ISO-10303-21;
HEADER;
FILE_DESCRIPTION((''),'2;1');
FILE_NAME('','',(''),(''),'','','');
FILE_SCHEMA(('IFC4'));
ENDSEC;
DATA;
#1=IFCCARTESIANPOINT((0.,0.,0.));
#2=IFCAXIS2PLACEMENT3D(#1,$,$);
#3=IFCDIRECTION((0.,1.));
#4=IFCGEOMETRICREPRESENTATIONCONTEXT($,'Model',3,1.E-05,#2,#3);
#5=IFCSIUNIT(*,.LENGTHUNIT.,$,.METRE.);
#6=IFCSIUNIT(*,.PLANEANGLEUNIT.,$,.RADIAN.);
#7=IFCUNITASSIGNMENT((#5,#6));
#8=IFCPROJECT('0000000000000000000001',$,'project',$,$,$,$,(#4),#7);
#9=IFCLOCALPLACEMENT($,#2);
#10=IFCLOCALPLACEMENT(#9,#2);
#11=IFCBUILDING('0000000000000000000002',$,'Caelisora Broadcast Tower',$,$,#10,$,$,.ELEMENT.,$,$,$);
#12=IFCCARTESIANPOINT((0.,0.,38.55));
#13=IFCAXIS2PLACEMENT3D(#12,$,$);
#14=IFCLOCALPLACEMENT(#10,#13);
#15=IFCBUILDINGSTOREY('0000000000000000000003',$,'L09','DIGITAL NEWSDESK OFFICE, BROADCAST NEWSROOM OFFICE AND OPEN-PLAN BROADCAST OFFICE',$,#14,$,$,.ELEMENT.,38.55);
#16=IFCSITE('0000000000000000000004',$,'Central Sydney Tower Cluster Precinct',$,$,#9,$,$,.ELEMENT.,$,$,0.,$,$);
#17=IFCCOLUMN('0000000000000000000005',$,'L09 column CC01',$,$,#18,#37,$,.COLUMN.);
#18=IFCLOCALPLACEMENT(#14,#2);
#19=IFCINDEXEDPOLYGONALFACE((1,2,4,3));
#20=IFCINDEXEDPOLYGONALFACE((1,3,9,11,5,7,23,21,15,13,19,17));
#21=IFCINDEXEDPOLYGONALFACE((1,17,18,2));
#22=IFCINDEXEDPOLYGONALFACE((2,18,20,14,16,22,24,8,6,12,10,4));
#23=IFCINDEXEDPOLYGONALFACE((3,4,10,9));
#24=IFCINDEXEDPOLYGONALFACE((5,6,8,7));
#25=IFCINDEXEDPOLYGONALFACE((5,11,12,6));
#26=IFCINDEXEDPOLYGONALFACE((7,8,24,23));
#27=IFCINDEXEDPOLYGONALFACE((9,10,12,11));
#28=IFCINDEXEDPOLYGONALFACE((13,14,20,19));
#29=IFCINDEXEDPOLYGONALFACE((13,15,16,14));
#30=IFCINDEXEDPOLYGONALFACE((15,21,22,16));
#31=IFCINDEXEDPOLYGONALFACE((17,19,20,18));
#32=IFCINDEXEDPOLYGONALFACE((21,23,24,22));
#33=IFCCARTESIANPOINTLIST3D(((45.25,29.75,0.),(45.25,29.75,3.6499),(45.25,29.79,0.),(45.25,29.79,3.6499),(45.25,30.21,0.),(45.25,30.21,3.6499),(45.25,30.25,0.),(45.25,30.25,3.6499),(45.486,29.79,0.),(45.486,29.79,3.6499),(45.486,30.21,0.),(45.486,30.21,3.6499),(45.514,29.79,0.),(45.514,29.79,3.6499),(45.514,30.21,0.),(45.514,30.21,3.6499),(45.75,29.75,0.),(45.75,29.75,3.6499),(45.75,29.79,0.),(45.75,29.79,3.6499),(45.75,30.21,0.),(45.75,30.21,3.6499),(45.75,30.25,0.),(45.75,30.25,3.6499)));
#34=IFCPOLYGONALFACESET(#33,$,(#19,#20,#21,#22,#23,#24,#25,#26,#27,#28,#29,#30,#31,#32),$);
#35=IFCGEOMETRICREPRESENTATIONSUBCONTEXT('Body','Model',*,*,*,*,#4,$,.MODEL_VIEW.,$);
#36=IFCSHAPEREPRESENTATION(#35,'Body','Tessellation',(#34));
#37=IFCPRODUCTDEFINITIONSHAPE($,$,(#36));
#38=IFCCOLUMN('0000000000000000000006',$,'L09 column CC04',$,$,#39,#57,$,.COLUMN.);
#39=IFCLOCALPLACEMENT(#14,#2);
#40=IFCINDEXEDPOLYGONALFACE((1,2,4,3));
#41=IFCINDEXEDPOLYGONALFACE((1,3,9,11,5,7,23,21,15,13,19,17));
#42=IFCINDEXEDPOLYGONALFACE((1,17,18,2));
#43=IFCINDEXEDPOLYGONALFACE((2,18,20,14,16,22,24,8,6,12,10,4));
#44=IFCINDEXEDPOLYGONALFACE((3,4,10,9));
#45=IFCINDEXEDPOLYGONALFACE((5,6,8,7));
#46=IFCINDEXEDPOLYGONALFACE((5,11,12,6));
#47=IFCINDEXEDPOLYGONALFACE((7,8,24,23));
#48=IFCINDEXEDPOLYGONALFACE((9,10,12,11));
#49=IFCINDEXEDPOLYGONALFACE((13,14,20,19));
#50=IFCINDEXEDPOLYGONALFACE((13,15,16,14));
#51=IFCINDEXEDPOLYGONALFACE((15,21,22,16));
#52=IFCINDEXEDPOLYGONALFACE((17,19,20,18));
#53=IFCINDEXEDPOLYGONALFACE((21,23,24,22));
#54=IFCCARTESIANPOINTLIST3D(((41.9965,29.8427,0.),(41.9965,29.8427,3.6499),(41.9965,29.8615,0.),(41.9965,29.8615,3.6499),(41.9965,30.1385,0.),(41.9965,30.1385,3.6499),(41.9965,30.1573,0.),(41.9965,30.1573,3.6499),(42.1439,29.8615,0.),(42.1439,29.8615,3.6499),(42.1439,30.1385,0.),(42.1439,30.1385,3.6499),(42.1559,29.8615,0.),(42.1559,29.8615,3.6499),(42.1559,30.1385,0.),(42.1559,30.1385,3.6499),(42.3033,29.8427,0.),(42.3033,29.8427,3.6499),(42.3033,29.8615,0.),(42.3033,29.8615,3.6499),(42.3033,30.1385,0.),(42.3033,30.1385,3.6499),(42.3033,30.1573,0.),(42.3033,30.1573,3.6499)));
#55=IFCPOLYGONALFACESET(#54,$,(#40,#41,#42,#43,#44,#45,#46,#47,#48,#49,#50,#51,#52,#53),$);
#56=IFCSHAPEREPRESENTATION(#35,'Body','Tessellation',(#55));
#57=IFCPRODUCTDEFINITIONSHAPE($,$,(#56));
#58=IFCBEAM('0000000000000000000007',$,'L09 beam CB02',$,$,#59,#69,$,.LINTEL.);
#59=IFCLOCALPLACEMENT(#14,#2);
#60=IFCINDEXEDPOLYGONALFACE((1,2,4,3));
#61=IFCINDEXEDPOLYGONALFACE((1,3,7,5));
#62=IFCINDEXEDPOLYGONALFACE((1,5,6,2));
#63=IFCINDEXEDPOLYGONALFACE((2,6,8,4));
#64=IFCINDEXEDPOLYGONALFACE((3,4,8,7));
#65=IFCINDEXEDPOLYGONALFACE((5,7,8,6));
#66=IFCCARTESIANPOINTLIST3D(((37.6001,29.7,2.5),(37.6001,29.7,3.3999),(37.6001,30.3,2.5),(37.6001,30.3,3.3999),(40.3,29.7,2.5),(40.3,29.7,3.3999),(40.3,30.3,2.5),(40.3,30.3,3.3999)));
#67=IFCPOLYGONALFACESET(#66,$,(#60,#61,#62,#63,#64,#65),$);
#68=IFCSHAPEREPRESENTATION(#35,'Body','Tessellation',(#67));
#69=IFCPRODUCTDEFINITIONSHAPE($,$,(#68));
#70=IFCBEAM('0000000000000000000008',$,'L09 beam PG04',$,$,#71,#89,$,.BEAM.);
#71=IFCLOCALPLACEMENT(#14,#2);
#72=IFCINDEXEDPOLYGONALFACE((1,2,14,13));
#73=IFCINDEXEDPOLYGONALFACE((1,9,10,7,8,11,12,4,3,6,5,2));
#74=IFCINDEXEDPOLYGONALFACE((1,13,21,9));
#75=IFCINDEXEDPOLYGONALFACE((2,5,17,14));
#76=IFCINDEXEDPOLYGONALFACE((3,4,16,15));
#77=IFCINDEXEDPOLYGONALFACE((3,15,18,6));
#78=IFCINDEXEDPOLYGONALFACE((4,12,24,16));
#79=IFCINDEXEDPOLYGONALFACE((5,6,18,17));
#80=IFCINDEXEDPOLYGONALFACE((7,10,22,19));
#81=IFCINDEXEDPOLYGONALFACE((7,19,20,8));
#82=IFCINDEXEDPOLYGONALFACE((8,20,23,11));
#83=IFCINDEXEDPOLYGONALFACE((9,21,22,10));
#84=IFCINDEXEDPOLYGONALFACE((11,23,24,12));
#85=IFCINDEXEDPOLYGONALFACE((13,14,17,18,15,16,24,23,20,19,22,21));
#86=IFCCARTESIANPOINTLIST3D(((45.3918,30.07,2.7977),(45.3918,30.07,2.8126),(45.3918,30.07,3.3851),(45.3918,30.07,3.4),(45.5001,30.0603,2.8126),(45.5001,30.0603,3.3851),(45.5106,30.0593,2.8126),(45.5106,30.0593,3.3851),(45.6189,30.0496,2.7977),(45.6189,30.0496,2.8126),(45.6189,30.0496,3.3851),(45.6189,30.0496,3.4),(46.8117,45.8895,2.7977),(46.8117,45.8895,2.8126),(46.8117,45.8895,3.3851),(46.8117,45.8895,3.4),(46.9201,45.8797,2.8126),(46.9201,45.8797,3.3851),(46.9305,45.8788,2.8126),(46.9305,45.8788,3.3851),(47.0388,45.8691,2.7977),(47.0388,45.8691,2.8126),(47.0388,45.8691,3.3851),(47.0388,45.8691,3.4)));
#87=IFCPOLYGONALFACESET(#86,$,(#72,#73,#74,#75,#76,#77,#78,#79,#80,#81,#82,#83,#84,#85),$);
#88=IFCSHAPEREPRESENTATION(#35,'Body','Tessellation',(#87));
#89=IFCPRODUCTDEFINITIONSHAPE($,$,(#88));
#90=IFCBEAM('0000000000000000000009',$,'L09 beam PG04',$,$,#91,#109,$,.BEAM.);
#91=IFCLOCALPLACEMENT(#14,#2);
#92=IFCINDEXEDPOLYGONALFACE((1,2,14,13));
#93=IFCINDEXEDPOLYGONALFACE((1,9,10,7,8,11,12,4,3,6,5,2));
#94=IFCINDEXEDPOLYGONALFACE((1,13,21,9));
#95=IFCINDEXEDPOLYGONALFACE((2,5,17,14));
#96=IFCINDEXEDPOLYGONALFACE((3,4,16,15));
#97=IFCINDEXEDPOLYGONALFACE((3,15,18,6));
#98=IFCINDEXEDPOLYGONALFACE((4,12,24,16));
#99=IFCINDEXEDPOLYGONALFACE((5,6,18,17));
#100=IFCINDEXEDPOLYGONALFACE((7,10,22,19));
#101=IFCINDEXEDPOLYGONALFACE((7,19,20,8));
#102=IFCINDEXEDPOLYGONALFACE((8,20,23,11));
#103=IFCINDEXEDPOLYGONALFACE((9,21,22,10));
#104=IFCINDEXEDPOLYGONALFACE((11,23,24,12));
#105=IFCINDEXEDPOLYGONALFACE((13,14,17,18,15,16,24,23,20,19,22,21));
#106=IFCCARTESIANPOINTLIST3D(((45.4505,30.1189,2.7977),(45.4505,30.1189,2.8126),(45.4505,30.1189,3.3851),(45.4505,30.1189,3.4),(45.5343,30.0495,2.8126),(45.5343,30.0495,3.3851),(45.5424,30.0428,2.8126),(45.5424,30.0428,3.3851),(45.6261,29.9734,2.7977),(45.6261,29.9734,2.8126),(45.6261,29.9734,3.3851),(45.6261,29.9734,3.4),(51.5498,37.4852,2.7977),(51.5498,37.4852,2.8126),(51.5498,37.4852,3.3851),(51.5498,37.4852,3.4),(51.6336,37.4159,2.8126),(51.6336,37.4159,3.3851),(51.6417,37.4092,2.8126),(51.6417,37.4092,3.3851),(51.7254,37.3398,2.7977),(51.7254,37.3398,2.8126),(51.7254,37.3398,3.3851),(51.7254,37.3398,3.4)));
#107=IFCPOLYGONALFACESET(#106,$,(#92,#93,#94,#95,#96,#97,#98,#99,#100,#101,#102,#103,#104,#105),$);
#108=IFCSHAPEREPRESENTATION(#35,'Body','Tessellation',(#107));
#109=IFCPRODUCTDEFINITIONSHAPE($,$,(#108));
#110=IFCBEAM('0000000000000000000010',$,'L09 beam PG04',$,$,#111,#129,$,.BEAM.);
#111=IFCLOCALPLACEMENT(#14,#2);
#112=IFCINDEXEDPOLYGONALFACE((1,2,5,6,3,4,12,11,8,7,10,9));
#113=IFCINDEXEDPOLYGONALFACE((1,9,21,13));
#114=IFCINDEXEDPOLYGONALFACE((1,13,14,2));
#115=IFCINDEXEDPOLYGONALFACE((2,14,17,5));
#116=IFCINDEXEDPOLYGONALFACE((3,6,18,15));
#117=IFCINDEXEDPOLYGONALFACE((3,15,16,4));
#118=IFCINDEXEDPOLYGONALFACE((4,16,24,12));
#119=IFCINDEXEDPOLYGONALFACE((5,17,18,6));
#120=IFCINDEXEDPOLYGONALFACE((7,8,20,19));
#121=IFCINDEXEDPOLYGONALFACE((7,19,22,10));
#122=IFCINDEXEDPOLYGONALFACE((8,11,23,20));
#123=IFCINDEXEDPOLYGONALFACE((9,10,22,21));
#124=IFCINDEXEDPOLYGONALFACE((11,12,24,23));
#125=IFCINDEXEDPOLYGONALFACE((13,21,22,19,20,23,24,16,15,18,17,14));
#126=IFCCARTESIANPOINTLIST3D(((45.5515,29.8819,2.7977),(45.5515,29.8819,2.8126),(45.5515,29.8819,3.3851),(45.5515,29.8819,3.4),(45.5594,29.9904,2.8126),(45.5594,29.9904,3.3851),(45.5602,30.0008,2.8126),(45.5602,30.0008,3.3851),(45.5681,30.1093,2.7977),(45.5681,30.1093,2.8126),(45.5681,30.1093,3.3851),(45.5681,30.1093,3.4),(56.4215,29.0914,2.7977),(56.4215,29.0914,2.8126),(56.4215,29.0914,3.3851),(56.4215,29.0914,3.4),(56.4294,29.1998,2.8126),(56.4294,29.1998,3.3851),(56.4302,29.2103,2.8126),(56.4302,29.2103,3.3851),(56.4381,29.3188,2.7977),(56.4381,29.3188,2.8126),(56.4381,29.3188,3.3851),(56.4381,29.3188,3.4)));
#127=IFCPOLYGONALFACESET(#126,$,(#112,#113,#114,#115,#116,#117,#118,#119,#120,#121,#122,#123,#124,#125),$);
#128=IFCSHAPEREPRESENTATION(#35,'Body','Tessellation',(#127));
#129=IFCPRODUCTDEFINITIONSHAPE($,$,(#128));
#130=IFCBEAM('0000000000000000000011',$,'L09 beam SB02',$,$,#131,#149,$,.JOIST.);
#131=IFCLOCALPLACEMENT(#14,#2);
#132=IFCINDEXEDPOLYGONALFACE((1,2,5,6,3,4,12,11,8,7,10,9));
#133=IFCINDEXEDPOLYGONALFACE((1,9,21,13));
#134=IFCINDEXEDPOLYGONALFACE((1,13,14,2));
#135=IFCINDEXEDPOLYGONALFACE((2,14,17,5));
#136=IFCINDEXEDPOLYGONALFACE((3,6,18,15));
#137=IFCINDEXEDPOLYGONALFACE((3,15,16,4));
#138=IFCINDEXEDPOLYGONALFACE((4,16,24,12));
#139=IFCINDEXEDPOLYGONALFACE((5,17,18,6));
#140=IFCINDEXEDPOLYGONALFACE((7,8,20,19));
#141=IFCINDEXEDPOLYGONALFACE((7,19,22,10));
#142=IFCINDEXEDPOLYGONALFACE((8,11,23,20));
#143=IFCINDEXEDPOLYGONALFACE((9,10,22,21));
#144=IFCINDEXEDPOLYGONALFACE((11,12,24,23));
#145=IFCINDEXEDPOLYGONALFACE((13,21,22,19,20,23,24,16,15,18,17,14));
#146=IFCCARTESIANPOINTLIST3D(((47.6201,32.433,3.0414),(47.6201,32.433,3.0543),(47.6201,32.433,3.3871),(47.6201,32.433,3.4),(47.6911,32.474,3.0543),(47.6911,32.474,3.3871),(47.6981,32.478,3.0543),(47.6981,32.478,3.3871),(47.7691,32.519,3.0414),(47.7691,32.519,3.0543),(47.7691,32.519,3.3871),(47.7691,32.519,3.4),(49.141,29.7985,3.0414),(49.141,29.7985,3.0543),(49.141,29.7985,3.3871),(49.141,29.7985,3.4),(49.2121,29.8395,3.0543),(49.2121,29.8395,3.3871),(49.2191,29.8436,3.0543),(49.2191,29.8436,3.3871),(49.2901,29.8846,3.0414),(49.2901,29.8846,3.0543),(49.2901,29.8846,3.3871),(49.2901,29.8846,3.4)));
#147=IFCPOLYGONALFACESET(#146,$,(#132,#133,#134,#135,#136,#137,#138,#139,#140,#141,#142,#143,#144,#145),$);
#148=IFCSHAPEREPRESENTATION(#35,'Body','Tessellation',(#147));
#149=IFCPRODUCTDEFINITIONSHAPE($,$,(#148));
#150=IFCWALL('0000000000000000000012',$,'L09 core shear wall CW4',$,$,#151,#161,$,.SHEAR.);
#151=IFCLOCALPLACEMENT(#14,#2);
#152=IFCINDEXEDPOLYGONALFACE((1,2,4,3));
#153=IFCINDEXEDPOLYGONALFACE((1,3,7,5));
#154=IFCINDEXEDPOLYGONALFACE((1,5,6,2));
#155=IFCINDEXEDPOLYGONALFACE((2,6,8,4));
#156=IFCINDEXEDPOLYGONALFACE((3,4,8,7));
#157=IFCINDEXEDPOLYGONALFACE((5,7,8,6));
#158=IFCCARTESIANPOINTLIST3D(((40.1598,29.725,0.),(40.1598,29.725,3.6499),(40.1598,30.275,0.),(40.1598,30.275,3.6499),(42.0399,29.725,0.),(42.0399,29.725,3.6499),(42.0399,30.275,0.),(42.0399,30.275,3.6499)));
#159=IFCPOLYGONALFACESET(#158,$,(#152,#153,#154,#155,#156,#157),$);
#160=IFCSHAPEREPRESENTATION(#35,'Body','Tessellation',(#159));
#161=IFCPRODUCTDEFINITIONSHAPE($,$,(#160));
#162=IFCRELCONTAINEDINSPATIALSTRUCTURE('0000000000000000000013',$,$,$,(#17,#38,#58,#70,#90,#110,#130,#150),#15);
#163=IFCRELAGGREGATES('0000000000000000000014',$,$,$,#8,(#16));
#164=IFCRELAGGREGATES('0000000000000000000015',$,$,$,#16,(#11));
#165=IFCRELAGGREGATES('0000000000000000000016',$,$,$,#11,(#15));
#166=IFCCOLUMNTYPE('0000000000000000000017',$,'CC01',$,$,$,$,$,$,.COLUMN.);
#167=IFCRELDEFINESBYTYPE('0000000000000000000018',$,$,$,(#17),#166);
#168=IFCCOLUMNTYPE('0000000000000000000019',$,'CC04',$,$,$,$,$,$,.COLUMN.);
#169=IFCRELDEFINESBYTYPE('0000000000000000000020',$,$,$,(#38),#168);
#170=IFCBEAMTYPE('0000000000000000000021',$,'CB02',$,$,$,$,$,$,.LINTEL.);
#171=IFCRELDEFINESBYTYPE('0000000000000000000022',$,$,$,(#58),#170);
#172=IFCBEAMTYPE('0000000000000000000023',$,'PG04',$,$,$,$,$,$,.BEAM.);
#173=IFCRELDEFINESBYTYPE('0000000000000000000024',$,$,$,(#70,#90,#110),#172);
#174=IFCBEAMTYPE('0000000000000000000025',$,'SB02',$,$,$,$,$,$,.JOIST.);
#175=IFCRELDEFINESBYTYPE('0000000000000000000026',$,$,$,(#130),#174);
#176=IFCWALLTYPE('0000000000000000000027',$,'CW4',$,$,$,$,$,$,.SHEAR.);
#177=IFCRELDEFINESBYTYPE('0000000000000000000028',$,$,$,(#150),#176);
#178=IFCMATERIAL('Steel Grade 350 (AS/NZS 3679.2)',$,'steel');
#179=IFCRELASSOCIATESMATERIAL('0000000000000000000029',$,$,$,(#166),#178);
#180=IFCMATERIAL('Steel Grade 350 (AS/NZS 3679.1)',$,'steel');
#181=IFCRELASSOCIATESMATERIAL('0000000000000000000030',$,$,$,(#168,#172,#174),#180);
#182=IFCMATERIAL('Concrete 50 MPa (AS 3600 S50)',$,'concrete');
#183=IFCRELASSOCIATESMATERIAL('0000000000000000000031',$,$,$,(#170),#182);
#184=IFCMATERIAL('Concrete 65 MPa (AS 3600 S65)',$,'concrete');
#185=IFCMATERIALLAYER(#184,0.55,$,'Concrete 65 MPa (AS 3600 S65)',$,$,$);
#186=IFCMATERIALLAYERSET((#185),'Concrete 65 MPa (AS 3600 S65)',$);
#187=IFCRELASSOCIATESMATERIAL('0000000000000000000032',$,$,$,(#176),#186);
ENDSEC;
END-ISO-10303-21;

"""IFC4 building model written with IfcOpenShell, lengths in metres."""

from ifc_helpers import new_model, si_unit, direction, frame, frame_2d, origin, origin_2d, place, context, subcontext, project, spatial, rectangle, i_section, extrude, source, transform, mapped, material, layer, layer_set, material_profile, profile_set, type_object, type_shapes, element, save


model = new_model("IFC4")

# Units and contexts
model_context = context("Model", 3, precision=1e-05, world=origin(), true_north=direction((0.0, 1.0)))
body_context = subcontext(model_context, "Body", "Model", "MODEL_VIEW")
ifc_project = project(units=[si_unit("LENGTHUNIT", "METRE"), si_unit("PLANEANGLEUNIT", "RADIAN")], contexts=[model_context])

# Site, building, storey
site_placement = place(None, origin())
site = spatial("IfcSite", under=ifc_project, at=site_placement, Name="Central Sydney Tower Cluster Precinct", CompositionType="ELEMENT", RefElevation=0.0)
building_placement = place(site_placement, origin())
building = spatial("IfcBuilding", under=site, at=building_placement, Name="Caelisora Broadcast Tower", CompositionType="ELEMENT")
storey_placement = place(building_placement, frame((0.0, 0.0, 38.55)))
storey = spatial("IfcBuildingStorey", under=building, at=storey_placement, Name="L09", Description="DIGITAL NEWSDESK OFFICE, BROADCAST NEWSROOM OFFICE AND OPEN-PLAN BROADCAST OFFICE", CompositionType="ELEMENT", Elevation=38.55)

# Columns
ifc_material_1 = material(Name="Steel Grade 350 (AS/NZS 3679.2)", Category="steel")
ifc_material_profile_1 = material_profile(ifc_material_1, i_section(OverallWidth=0.5, OverallDepth=0.5, WebThickness=0.0281, FlangeThickness=0.04, at=origin_2d()), Name="Steel Grade 350 (AS/NZS 3679.2)")
ifc_profile_set_1 = profile_set([ifc_material_profile_1], Name="Steel Grade 350 (AS/NZS 3679.2)")
column_type_1 = type_object("IfcColumnType", Name="CC01", PredefinedType="COLUMN", material=ifc_profile_set_1)
shared_shape_1 = source(origin(), body_context, "Body", "SweptSolid", [
    extrude(i_section(OverallWidth=0.5, OverallDepth=0.5, WebThickness=0.0281, FlangeThickness=0.04, at=origin_2d()), origin(), (0.0, 0.0, 1.0), 3.6499),
])
type_shapes(column_type_1, [shared_shape_1])
column_1_placement = place(storey_placement, frame((45.5, 30.0, 0.0), z_axis=(0.0, 0.0, 1.0), x_axis=(1.0, 0.0, 0.0)))
element("IfcColumn", 1, at=column_1_placement, inside=storey, type_object=column_type_1, Name="L09 column CC01", PredefinedType="COLUMN", context=body_context, shape_type="MappedRepresentation", body=[
    mapped(shared_shape_1, transform((0.0, 0.0, 0.0), scale=1.0)),
])
ifc_material_2 = material(Name="Steel Grade 350 (AS/NZS 3679.1)", Category="steel")
ifc_material_profile_2 = material_profile(ifc_material_2, i_section(OverallWidth=0.3069, OverallDepth=0.3147, WebThickness=0.012, FlangeThickness=0.0188, at=origin_2d()), Name="Steel Grade 350 (AS/NZS 3679.1)")
ifc_profile_set_2 = profile_set([ifc_material_profile_2], Name="Steel Grade 350 (AS/NZS 3679.1)")
column_type_2 = type_object("IfcColumnType", Name="CC04", PredefinedType="COLUMN", material=ifc_profile_set_2)
shared_shape_2 = source(origin(), body_context, "Body", "SweptSolid", [
    extrude(i_section(OverallWidth=0.3069, OverallDepth=0.3147, WebThickness=0.012, FlangeThickness=0.0188, at=origin_2d()), origin(), (0.0, 0.0, 1.0), 3.6499),
])
type_shapes(column_type_2, [shared_shape_2])
column_2_placement = place(storey_placement, frame((42.1499, 30.0, 0.0), z_axis=(0.0, 0.0, 1.0), x_axis=(1.0, 0.0, 0.0)))
element("IfcColumn", 2, at=column_2_placement, inside=storey, type_object=column_type_2, Name="L09 column CC04", PredefinedType="COLUMN", context=body_context, shape_type="MappedRepresentation", body=[
    mapped(shared_shape_2, transform((0.0, 0.0, 0.0), scale=1.0)),
])

# Beams
ifc_material_3 = material(Name="Concrete 50 MPa (AS 3600 S50)", Category="concrete")
ifc_material_profile_3 = material_profile(ifc_material_3, rectangle(XDim=0.6001, YDim=0.8999, at=origin_2d()), Name="Concrete 50 MPa (AS 3600 S50)")
ifc_profile_set_3 = profile_set([ifc_material_profile_3], Name="Concrete 50 MPa (AS 3600 S50)")
beam_type_1 = type_object("IfcBeamType", Name="CB02", PredefinedType="LINTEL", material=ifc_profile_set_3)
shared_shape_3 = source(origin(), body_context, "Body", "SweptSolid", [
    extrude(rectangle(XDim=0.6001, YDim=0.8999, at=origin_2d()), origin(), (0.0, 0.0, 1.0), 2.7),
])
type_shapes(beam_type_1, [shared_shape_3])
beam_1_placement = place(storey_placement, frame((37.6001, 30.0, 2.95), z_axis=(1.0, 0.0, 0.0), x_axis=(0.0, 1.0, 0.0)))
element("IfcBeam", 3, at=beam_1_placement, inside=storey, type_object=beam_type_1, Name="L09 beam CB02", PredefinedType="LINTEL", context=body_context, shape_type="MappedRepresentation", body=[
    mapped(shared_shape_3, transform((0.0, 0.0, 0.0), scale=1.0)),
])
ifc_material_profile_4 = material_profile(ifc_material_2, i_section(OverallWidth=0.228, OverallDepth=0.6023, WebThickness=0.0105, FlangeThickness=0.0149, at=origin_2d()), Name="Steel Grade 350 (AS/NZS 3679.1)")
ifc_profile_set_4 = profile_set([ifc_material_profile_4], Name="Steel Grade 350 (AS/NZS 3679.1)")
beam_type_2 = type_object("IfcBeamType", Name="PG04", PredefinedType="BEAM", material=ifc_profile_set_4)
shared_shape_4 = source(origin(), body_context, "Body", "SweptSolid", [
    extrude(i_section(OverallWidth=0.228, OverallDepth=0.6023, WebThickness=0.0105, FlangeThickness=0.0149, at=origin_2d()), origin(), (0.0, 0.0, 1.0), 15.8831),
])
beam_2_placement = place(storey_placement, frame((45.5054, 30.0598, 3.0989), z_axis=(0.089398, 0.995996, 0.0), x_axis=(-0.995996, 0.089398, 0.0)))
element("IfcBeam", 4, at=beam_2_placement, inside=storey, type_object=beam_type_2, Name="L09 beam PG04", PredefinedType="BEAM", context=body_context, shape_type="MappedRepresentation", body=[
    mapped(shared_shape_4, transform((0.0, 0.0, 0.0), scale=1.0)),
])
shared_shape_5 = source(origin(), body_context, "Body", "SweptSolid", [
    extrude(i_section(OverallWidth=0.228, OverallDepth=0.6023, WebThickness=0.0105, FlangeThickness=0.0149, at=origin_2d()), origin(), (0.0, 0.0, 1.0), 9.5637),
])
beam_3_placement = place(storey_placement, frame((45.5383, 30.0461, 3.0989), z_axis=(0.637753, 0.770241, 0.0), x_axis=(-0.770241, 0.637753, 0.0)))
element("IfcBeam", 5, at=beam_3_placement, inside=storey, type_object=beam_type_2, Name="L09 beam PG04", PredefinedType="BEAM", context=body_context, shape_type="MappedRepresentation", body=[
    mapped(shared_shape_5, transform((0.0, 0.0, 0.0), scale=1.0)),
])
shared_shape_6 = source(origin(), body_context, "Body", "SweptSolid", [
    extrude(i_section(OverallWidth=0.228, OverallDepth=0.6023, WebThickness=0.0105, FlangeThickness=0.0149, at=origin_2d()), origin(), (0.0, 0.0, 1.0), 10.8987),
])
type_shapes(beam_type_2, [shared_shape_4, shared_shape_5, shared_shape_6])
beam_4_placement = place(storey_placement, frame((45.5598, 29.9956, 3.0989), z_axis=(0.997366, -0.072535, 0.0), x_axis=(0.072535, 0.997366, 0.0)))
element("IfcBeam", 6, at=beam_4_placement, inside=storey, type_object=beam_type_2, Name="L09 beam PG04", PredefinedType="BEAM", context=body_context, shape_type="MappedRepresentation", body=[
    mapped(shared_shape_6, transform((0.0, 0.0, 0.0), scale=1.0)),
])
ifc_material_profile_5 = material_profile(ifc_material_2, i_section(OverallWidth=0.1721, OverallDepth=0.3586, WebThickness=0.0081, FlangeThickness=0.0129, at=origin_2d()), Name="Steel Grade 350 (AS/NZS 3679.1)")
ifc_profile_set_5 = profile_set([ifc_material_profile_5], Name="Steel Grade 350 (AS/NZS 3679.1)")
beam_type_3 = type_object("IfcBeamType", Name="SB02", PredefinedType="JOIST", material=ifc_profile_set_5)
shared_shape_7 = source(origin(), body_context, "Body", "SweptSolid", [
    extrude(i_section(OverallWidth=0.1721, OverallDepth=0.3586, WebThickness=0.0081, FlangeThickness=0.0129, at=origin_2d()), origin(), (0.0, 0.0, 1.0), 3.042),
])
type_shapes(beam_type_3, [shared_shape_7])
beam_5_placement = place(storey_placement, frame((49.2156, 29.8416, 3.2207), z_axis=(-0.499989, 0.866032, 0.0), x_axis=(-0.866032, -0.499989, 0.0)))
element("IfcBeam", 7, at=beam_5_placement, inside=storey, type_object=beam_type_3, Name="L09 beam SB02", PredefinedType="JOIST", context=body_context, shape_type="MappedRepresentation", body=[
    mapped(shared_shape_7, transform((0.0, 0.0, 0.0), scale=1.0)),
])

# Wall
ifc_material_4 = material(Name="Concrete 65 MPa (AS 3600 S65)", Category="concrete")
ifc_layer_1 = layer(ifc_material_4, 0.55, Name="Concrete 65 MPa (AS 3600 S65)")
ifc_layer_set_1 = layer_set([ifc_layer_1], Name="Concrete 65 MPa (AS 3600 S65)")
wall_type_1 = type_object("IfcWallType", Name="CW4", PredefinedType="SHEAR", material=ifc_layer_set_1)
wall_1_placement = place(storey_placement, frame((40.1599, 30.0, 0.0), z_axis=(0.0, 0.0, 1.0), x_axis=(1.0, 0.0, 0.0)))
element("IfcWall", 8, at=wall_1_placement, inside=storey, type_object=wall_type_1, Name="L09 core shear wall CW4", PredefinedType="SHEAR", context=body_context, shape_type="SweptSolid", body=[
    extrude(rectangle(XDim=1.8801, YDim=0.55, at=frame_2d((0.9399, 0.0))), origin(), (0.0, 0.0, 1.0), 3.6499),
])

save(model, "model.ifc")
